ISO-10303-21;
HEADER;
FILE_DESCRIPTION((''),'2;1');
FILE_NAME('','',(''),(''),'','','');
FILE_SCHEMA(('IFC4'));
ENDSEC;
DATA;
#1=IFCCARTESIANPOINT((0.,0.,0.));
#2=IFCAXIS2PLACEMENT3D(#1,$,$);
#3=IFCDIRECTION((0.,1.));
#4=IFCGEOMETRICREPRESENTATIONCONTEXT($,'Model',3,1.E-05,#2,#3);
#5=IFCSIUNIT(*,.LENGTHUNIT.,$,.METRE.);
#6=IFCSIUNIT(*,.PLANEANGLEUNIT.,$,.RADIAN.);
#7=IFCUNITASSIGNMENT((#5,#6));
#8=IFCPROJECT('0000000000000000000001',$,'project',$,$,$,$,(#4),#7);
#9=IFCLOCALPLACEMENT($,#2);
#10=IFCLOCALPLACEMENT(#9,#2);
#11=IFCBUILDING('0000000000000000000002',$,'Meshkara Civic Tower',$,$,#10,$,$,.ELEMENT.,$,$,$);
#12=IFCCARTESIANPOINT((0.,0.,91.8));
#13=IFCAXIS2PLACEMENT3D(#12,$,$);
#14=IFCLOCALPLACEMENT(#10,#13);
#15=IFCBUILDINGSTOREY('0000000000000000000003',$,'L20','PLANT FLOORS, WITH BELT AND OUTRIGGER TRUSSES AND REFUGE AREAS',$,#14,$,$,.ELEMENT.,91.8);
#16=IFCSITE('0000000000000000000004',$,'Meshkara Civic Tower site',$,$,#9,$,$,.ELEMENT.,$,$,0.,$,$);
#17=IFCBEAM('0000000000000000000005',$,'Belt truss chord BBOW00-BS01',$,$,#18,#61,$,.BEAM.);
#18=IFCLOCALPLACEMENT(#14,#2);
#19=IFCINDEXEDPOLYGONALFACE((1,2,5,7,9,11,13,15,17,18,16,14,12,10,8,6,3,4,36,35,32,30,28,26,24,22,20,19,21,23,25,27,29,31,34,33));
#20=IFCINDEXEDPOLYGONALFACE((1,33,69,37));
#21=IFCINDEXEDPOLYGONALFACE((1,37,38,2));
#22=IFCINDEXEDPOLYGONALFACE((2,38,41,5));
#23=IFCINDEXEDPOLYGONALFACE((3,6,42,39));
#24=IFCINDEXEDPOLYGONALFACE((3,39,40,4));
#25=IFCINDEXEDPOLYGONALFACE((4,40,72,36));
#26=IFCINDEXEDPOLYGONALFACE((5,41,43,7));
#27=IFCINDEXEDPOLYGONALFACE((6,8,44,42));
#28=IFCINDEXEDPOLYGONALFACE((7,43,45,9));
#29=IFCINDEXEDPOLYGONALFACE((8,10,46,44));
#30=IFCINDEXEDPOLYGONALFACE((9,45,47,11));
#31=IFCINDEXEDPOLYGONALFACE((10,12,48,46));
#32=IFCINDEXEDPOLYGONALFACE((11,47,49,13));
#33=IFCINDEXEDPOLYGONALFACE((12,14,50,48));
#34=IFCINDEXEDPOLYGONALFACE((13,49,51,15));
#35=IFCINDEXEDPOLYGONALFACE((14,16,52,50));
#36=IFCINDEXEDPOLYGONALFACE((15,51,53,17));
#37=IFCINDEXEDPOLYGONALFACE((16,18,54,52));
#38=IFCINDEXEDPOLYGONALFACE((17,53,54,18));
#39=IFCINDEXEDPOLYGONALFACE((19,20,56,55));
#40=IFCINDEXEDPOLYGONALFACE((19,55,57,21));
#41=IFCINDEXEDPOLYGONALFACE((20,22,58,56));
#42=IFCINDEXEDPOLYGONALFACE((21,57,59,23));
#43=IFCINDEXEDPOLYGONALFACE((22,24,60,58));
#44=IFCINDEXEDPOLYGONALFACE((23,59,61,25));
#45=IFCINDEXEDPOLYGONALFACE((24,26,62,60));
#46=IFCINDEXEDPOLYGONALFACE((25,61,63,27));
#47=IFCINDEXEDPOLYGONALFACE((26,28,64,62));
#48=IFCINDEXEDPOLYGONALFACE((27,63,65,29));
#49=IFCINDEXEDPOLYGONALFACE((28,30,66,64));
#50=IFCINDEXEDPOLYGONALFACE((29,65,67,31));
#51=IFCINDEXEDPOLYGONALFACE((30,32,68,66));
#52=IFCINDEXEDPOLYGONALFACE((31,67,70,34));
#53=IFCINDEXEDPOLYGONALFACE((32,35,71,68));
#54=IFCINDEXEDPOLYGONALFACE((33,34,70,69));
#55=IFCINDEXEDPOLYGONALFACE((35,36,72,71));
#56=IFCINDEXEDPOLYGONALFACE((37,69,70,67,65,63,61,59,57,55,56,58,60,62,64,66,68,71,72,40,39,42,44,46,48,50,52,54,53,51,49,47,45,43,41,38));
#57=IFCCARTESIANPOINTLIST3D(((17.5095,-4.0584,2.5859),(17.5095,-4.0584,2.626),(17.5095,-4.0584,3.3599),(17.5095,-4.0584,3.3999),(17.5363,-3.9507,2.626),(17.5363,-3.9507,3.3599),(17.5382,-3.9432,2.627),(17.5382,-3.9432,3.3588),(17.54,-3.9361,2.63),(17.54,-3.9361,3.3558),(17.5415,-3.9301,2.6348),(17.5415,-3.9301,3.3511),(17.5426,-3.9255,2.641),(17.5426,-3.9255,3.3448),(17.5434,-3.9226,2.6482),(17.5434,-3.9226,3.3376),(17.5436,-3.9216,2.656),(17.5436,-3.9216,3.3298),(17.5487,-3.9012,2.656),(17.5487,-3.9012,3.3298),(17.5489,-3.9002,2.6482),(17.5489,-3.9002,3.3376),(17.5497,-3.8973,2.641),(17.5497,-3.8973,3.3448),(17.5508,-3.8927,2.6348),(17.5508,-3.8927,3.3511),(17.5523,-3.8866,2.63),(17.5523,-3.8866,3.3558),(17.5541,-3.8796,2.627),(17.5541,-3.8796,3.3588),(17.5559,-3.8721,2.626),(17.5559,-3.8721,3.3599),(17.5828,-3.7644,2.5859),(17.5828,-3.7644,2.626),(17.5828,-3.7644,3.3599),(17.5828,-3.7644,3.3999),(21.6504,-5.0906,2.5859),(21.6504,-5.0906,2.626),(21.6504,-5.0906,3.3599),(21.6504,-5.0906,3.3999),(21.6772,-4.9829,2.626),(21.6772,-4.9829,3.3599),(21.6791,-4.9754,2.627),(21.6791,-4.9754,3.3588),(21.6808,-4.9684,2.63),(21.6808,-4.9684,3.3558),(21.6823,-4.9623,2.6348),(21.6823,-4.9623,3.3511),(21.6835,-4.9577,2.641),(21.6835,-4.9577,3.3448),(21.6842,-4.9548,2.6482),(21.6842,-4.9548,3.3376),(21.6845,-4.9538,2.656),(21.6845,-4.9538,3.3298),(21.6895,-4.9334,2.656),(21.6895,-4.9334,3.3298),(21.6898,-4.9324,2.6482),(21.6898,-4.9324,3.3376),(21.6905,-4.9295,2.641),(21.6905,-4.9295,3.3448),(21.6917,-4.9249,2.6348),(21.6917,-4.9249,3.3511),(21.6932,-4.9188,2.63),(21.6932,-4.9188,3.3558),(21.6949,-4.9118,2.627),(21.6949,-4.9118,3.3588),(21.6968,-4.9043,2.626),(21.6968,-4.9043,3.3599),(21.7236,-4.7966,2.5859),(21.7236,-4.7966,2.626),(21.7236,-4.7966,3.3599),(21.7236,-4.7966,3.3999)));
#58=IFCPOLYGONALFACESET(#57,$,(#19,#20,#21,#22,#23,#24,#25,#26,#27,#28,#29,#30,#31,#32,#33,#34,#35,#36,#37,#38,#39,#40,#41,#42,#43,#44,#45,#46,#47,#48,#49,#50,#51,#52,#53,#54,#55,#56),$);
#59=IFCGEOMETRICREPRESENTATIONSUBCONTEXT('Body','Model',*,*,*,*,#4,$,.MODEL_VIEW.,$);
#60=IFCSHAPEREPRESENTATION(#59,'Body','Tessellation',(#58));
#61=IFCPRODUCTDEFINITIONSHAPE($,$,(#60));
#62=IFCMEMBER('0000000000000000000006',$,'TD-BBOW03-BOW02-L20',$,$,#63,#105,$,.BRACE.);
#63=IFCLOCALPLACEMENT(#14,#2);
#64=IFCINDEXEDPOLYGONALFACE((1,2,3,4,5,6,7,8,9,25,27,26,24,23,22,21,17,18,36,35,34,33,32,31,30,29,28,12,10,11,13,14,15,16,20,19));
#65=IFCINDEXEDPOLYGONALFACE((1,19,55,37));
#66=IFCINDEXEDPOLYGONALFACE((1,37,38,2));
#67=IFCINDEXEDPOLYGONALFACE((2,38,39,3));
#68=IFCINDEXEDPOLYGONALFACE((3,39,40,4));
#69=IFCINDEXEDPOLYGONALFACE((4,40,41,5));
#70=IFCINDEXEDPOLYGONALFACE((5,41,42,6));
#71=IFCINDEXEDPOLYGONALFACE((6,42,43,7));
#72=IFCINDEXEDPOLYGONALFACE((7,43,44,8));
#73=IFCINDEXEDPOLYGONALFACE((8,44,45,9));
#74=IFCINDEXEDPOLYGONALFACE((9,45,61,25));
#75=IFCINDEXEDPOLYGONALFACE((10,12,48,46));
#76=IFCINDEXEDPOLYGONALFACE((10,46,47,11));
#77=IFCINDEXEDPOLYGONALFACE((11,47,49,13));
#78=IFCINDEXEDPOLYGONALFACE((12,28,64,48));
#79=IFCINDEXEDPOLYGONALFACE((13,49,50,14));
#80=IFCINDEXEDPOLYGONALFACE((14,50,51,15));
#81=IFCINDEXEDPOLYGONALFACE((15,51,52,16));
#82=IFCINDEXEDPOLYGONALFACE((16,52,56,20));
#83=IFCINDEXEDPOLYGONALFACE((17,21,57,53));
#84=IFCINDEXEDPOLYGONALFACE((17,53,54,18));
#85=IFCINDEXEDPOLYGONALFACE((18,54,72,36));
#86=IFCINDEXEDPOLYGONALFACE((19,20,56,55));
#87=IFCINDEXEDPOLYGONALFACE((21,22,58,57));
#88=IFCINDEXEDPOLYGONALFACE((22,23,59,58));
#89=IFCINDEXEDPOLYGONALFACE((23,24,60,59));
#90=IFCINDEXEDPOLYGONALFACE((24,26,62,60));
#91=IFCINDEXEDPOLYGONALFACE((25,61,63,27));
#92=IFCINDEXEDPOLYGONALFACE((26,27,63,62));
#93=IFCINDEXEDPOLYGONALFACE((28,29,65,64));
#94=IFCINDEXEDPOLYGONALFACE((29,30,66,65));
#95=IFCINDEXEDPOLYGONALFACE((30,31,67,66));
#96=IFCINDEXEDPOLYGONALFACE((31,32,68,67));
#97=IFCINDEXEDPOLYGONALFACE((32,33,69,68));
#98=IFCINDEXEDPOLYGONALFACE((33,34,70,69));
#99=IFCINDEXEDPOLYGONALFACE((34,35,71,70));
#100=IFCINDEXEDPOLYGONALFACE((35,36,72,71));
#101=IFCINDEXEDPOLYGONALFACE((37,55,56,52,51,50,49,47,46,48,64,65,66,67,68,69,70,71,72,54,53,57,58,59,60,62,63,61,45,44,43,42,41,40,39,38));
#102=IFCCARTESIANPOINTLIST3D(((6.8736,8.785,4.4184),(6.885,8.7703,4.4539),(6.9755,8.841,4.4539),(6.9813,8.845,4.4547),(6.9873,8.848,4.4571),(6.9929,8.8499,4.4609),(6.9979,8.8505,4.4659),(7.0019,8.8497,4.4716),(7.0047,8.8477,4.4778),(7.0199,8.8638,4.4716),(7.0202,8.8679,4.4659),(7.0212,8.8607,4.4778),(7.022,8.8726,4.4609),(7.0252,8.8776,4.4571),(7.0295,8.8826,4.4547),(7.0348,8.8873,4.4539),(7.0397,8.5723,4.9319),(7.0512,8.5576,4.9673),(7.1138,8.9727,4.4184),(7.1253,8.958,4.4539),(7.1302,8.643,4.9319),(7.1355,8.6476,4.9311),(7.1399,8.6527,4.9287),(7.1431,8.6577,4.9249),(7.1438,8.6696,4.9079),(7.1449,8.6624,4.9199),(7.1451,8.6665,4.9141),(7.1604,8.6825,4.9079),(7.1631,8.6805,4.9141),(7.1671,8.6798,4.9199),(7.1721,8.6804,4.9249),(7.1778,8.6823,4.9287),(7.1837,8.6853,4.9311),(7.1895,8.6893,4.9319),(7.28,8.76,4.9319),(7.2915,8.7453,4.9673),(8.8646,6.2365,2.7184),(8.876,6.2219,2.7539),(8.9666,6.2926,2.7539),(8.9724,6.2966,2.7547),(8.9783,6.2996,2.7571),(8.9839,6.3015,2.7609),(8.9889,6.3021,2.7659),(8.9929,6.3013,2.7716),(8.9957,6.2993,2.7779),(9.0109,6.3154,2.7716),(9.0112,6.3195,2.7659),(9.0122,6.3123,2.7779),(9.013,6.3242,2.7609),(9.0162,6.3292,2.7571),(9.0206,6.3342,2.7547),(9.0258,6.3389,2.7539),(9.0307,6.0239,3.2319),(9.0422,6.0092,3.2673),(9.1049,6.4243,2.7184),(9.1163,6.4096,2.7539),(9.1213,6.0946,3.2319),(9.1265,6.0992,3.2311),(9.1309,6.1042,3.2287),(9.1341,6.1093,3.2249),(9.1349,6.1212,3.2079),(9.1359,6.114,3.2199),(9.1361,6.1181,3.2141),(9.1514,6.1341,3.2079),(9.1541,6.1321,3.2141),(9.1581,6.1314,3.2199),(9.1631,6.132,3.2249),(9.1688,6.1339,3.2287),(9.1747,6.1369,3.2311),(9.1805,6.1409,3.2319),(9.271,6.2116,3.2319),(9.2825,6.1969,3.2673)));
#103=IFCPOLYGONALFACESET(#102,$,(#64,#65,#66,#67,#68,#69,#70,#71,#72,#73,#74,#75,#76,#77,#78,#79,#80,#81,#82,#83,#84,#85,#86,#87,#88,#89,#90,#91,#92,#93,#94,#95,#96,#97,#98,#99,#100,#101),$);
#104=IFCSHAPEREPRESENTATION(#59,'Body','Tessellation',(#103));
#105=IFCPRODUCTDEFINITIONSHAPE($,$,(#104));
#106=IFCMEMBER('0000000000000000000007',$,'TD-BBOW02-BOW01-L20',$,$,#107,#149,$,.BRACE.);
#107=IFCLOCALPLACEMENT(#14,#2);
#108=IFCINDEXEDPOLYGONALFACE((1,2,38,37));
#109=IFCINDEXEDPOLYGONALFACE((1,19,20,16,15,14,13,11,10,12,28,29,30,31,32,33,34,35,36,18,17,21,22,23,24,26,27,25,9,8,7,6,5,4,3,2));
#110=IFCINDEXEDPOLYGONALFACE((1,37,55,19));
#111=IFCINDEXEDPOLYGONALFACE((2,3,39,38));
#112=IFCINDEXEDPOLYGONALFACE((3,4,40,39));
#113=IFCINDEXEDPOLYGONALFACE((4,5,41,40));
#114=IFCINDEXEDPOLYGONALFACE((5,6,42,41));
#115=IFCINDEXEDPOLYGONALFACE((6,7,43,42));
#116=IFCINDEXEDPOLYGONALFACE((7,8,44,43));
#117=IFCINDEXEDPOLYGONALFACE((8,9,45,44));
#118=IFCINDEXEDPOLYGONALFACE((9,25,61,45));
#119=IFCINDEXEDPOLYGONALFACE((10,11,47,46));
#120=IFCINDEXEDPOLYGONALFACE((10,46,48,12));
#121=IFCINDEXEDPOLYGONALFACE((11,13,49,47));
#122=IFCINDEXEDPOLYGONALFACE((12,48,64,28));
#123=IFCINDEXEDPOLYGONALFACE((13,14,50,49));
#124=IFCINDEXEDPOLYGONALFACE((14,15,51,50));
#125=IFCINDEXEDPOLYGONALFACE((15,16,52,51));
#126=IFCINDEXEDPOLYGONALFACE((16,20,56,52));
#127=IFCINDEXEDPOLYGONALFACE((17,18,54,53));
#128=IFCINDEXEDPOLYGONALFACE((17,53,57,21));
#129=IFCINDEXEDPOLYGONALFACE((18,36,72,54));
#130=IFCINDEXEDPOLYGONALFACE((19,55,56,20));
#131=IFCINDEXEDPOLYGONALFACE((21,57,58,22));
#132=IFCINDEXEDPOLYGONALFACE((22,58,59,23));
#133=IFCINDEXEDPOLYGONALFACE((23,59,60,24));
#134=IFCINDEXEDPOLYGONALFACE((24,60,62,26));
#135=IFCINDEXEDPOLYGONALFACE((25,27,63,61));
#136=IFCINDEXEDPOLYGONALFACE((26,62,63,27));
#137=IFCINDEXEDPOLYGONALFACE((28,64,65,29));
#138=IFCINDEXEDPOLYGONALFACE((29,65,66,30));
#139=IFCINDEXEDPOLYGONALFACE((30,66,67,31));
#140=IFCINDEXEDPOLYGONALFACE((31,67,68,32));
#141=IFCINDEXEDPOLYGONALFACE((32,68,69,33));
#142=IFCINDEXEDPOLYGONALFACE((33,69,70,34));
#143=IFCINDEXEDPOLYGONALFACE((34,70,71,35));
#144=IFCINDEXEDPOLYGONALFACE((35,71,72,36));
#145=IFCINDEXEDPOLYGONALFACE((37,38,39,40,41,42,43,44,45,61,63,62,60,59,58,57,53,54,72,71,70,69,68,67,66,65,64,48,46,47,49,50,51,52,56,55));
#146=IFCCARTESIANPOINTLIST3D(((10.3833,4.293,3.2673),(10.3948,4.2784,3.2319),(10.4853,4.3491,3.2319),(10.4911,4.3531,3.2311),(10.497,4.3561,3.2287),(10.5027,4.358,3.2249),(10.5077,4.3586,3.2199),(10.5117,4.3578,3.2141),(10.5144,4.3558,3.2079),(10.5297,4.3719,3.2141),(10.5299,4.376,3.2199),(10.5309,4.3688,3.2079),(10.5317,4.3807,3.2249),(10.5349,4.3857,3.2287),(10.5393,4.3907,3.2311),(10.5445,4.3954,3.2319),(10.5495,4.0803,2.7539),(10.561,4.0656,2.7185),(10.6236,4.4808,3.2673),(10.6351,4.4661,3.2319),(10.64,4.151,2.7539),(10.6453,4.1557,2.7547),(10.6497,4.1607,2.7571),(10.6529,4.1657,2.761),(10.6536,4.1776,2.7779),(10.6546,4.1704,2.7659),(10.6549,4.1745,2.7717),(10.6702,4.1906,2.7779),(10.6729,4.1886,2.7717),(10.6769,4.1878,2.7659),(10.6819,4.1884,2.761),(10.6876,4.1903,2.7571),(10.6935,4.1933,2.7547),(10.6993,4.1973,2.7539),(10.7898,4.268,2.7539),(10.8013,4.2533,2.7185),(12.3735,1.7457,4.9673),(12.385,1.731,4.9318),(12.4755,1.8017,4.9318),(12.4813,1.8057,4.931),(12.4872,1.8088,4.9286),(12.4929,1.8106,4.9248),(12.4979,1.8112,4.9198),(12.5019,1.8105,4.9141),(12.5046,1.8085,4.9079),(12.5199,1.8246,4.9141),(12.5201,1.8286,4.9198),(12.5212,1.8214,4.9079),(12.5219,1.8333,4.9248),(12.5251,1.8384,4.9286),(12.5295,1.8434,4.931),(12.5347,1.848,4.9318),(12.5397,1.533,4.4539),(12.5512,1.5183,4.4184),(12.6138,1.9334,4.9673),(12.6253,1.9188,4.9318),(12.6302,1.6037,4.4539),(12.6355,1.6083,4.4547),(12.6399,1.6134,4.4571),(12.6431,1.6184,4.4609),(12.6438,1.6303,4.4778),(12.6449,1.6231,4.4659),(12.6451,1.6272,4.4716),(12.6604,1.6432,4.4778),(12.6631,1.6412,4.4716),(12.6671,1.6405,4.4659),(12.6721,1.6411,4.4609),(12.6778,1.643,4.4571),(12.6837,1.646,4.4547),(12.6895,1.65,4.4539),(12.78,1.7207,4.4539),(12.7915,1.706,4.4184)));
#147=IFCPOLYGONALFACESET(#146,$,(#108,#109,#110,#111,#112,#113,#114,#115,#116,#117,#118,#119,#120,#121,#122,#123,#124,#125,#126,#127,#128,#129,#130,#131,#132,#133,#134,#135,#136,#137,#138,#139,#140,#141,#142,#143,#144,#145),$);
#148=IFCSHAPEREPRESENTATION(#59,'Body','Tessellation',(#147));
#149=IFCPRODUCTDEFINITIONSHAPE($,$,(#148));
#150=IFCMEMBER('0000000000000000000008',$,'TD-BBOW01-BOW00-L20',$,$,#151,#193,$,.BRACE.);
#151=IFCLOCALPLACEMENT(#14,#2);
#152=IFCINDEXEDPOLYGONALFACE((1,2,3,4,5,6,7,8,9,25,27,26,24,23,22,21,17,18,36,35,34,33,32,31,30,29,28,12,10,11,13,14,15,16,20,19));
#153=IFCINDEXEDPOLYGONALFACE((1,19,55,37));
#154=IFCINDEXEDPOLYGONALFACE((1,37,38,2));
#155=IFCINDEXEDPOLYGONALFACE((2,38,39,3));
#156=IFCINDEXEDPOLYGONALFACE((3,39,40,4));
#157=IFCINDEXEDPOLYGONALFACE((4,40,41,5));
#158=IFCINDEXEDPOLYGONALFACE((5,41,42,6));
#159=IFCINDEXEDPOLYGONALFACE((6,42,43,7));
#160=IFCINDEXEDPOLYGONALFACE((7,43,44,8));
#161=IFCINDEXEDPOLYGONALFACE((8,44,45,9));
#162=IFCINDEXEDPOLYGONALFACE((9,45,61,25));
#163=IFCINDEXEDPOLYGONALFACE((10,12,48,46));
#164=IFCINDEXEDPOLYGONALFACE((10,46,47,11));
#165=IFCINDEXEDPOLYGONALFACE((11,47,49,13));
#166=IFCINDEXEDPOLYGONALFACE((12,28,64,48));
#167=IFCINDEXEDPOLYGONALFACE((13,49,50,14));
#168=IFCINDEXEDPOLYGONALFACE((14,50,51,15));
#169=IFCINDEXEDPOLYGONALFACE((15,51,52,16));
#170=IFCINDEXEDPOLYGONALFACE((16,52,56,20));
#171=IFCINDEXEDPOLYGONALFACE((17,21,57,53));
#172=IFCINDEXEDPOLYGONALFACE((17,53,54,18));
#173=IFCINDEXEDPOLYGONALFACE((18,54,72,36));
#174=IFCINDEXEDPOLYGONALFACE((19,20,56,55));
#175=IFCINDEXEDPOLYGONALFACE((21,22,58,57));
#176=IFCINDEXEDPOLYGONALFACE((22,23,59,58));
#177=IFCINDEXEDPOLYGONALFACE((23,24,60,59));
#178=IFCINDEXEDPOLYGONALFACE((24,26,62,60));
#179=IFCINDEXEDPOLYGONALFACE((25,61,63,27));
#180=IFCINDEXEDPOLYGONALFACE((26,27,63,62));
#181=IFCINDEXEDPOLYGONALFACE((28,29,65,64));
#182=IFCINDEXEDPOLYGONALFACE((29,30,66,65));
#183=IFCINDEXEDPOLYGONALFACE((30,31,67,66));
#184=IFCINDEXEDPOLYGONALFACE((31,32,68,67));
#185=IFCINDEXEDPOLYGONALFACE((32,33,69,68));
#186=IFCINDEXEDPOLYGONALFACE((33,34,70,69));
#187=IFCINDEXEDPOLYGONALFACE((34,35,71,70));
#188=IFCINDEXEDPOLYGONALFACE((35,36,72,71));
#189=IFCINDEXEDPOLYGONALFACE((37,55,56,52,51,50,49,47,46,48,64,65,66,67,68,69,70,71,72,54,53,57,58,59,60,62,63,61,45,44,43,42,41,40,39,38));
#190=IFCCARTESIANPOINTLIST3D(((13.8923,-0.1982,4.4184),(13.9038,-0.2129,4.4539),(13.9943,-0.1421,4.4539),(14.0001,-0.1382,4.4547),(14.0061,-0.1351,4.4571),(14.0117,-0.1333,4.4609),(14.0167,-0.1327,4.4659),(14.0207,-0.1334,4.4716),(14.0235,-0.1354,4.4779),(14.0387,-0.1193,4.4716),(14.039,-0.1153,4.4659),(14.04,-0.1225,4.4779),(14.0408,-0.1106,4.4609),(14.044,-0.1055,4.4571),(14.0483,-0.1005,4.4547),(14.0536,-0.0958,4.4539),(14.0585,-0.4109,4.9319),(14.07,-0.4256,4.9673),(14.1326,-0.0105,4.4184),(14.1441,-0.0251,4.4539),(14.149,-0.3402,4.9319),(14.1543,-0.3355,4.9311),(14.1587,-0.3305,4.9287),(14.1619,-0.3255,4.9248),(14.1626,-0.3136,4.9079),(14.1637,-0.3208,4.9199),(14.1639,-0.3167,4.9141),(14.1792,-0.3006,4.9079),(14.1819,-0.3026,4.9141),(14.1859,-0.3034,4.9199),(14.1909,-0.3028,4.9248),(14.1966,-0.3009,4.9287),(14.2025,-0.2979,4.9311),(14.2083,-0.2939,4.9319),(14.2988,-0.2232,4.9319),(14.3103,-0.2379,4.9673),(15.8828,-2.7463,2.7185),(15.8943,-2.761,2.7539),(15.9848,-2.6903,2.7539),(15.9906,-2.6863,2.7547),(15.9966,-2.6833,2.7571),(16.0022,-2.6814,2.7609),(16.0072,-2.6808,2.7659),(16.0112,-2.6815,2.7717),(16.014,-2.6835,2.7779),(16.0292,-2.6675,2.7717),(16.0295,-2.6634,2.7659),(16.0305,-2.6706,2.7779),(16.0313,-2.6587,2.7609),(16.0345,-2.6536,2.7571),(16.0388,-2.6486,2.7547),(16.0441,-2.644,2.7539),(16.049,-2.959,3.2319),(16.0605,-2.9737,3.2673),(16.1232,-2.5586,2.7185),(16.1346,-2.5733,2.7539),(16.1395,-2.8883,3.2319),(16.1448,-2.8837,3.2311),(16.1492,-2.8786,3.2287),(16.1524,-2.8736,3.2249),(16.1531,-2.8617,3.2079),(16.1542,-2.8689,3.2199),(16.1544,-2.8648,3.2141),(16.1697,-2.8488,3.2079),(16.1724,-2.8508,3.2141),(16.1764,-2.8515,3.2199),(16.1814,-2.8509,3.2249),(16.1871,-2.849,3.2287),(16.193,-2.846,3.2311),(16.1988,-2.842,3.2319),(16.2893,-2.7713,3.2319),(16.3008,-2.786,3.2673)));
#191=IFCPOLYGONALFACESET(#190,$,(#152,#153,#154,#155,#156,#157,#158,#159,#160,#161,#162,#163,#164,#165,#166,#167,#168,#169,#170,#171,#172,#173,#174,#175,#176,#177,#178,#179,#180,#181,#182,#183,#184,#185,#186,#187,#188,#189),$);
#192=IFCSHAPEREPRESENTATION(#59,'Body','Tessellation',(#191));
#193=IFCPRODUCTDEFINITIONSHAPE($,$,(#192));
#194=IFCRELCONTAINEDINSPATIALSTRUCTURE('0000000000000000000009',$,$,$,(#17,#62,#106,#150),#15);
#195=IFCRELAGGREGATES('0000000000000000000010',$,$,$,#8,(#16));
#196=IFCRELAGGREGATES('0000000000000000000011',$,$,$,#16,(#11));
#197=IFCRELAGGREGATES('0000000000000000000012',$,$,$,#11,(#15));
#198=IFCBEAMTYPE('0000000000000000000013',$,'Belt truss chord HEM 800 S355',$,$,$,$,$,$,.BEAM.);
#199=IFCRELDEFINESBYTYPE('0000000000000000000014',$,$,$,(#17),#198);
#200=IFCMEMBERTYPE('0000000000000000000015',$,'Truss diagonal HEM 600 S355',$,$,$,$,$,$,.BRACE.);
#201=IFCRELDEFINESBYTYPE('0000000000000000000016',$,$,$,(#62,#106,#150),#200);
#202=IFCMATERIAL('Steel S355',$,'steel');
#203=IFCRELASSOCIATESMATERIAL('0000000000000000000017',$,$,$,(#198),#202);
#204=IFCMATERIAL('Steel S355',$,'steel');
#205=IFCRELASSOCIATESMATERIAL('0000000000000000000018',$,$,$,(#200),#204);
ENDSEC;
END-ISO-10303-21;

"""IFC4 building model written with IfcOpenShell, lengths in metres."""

from ifc_helpers import new_model, si_unit, direction, frame, origin, origin_2d, place, context, subcontext, project, spatial, i_section, extrude, material, material_profile, profile_set, type_object, element, save


model = new_model("IFC4")

# Units and contexts
model_context = context("Model", 3, precision=1e-05, world=origin(), true_north=direction((0.0, 1.0)))
body_context = subcontext(model_context, "Body", "Model", "MODEL_VIEW")
ifc_project = project(units=[si_unit("LENGTHUNIT", "METRE"), si_unit("PLANEANGLEUNIT", "RADIAN")], contexts=[model_context])

# Site, building, storey
site_placement = place(None, origin())
site = spatial("IfcSite", under=ifc_project, at=site_placement, Name="Meshkara Civic Tower site", CompositionType="ELEMENT", RefElevation=0.0)
building_placement = place(site_placement, origin())
building = spatial("IfcBuilding", under=site, at=building_placement, Name="Meshkara Civic Tower", CompositionType="ELEMENT")
storey_placement = place(building_placement, frame((0.0, 0.0, 91.8)))
storey = spatial("IfcBuildingStorey", under=building, at=storey_placement, Name="L20", Description="PLANT FLOORS, WITH BELT AND OUTRIGGER TRUSSES AND REFUGE AREAS", CompositionType="ELEMENT", Elevation=91.8)

# Beam
ifc_material_1 = material(Name="Steel S355", Category="steel")
ifc_material_profile_1 = material_profile(ifc_material_1, i_section(OverallWidth=0.303, OverallDepth=0.814, WebThickness=0.021, FlangeThickness=0.04, FilletRadius=0.03, at=origin_2d()))
ifc_profile_set_1 = profile_set([ifc_material_profile_1], Name="Steel S355")
beam_type = type_object("IfcBeamType", Name="Belt truss chord HEM 800 S355", PredefinedType="BEAM", material=ifc_profile_set_1)
for number, where, z_axis, x_axis, name in (
    (1, (17.5461, -3.9114, 2.9929), (0.970307, -0.241876, 0.0), (0.241876, 0.970307, 0.0), "Belt truss chord BBOW00-BS01"),
):
    element("IfcBeam", number, at=place(storey_placement, frame(where, z_axis=z_axis, x_axis=x_axis)), inside=storey, type_object=beam_type, Name=name, PredefinedType="BEAM", context=body_context, shape_type="SweptSolid", body=[
        extrude(i_section(OverallWidth=0.303, OverallDepth=0.814, WebThickness=0.021, FlangeThickness=0.04, FilletRadius=0.03, at=origin_2d()), origin(), (0.0, 0.0, 1.0), 4.2676),
    ])

# Members
ifc_material_2 = material(Name="Steel S355", Category="steel")
ifc_material_profile_2 = material_profile(ifc_material_2, i_section(OverallWidth=0.3049, OverallDepth=0.6201, WebThickness=0.021, FlangeThickness=0.04, FilletRadius=0.0271, at=origin_2d()))
ifc_profile_set_2 = profile_set([ifc_material_profile_2], Name="Steel S355")
member_type = type_object("IfcMemberType", Name="Truss diagonal HEM 600 S355", PredefinedType="BRACE", material=ifc_profile_set_2)
member_1_placement = place(storey_placement, frame((7.0825, 8.7651, 4.6929), z_axis=(0.544953, -0.697513, -0.465298), x_axis=(0.788013, 0.615659, 0.0)))
element("IfcMember", 2, at=member_1_placement, inside=storey, type_object=member_type, Name="TD-BBOW03-BOW02-L20", PredefinedType="BRACE", context=body_context, shape_type="SweptSolid", body=[
    extrude(i_section(OverallWidth=0.3049, OverallDepth=0.6201, WebThickness=0.021, FlangeThickness=0.04, FilletRadius=0.0271, at=origin_2d()), origin(), (0.0, 0.0, 1.0), 3.6536),
])
member_2_placement = place(storey_placement, frame((10.5923, 4.2732, 2.9929), z_axis=(0.544913, -0.697452, 0.465436), x_axis=(0.788008, 0.615665, 0.0)))
element("IfcMember", 3, at=member_2_placement, inside=storey, type_object=member_type, Name="TD-BBOW02-BOW01-L20", PredefinedType="BRACE", context=body_context, shape_type="SweptSolid", body=[
    extrude(i_section(OverallWidth=0.3049, OverallDepth=0.6201, WebThickness=0.021, FlangeThickness=0.04, FilletRadius=0.0271, at=origin_2d()), origin(), (0.0, 0.0, 1.0), 3.6523),
])
member_3_placement = place(storey_placement, frame((14.1013, -0.218, 4.6929), z_axis=(0.544884, -0.697529, -0.465354), x_axis=(0.788058, 0.615602, 0.0)))
element("IfcMember", 4, at=member_3_placement, inside=storey, type_object=member_type, Name="TD-BBOW01-BOW00-L20", PredefinedType="BRACE", context=body_context, shape_type="SweptSolid", body=[
    extrude(i_section(OverallWidth=0.3049, OverallDepth=0.6201, WebThickness=0.021, FlangeThickness=0.04, FilletRadius=0.0271, at=origin_2d()), origin(), (0.0, 0.0, 1.0), 3.6531),
])

save(model, "model.ifc")
